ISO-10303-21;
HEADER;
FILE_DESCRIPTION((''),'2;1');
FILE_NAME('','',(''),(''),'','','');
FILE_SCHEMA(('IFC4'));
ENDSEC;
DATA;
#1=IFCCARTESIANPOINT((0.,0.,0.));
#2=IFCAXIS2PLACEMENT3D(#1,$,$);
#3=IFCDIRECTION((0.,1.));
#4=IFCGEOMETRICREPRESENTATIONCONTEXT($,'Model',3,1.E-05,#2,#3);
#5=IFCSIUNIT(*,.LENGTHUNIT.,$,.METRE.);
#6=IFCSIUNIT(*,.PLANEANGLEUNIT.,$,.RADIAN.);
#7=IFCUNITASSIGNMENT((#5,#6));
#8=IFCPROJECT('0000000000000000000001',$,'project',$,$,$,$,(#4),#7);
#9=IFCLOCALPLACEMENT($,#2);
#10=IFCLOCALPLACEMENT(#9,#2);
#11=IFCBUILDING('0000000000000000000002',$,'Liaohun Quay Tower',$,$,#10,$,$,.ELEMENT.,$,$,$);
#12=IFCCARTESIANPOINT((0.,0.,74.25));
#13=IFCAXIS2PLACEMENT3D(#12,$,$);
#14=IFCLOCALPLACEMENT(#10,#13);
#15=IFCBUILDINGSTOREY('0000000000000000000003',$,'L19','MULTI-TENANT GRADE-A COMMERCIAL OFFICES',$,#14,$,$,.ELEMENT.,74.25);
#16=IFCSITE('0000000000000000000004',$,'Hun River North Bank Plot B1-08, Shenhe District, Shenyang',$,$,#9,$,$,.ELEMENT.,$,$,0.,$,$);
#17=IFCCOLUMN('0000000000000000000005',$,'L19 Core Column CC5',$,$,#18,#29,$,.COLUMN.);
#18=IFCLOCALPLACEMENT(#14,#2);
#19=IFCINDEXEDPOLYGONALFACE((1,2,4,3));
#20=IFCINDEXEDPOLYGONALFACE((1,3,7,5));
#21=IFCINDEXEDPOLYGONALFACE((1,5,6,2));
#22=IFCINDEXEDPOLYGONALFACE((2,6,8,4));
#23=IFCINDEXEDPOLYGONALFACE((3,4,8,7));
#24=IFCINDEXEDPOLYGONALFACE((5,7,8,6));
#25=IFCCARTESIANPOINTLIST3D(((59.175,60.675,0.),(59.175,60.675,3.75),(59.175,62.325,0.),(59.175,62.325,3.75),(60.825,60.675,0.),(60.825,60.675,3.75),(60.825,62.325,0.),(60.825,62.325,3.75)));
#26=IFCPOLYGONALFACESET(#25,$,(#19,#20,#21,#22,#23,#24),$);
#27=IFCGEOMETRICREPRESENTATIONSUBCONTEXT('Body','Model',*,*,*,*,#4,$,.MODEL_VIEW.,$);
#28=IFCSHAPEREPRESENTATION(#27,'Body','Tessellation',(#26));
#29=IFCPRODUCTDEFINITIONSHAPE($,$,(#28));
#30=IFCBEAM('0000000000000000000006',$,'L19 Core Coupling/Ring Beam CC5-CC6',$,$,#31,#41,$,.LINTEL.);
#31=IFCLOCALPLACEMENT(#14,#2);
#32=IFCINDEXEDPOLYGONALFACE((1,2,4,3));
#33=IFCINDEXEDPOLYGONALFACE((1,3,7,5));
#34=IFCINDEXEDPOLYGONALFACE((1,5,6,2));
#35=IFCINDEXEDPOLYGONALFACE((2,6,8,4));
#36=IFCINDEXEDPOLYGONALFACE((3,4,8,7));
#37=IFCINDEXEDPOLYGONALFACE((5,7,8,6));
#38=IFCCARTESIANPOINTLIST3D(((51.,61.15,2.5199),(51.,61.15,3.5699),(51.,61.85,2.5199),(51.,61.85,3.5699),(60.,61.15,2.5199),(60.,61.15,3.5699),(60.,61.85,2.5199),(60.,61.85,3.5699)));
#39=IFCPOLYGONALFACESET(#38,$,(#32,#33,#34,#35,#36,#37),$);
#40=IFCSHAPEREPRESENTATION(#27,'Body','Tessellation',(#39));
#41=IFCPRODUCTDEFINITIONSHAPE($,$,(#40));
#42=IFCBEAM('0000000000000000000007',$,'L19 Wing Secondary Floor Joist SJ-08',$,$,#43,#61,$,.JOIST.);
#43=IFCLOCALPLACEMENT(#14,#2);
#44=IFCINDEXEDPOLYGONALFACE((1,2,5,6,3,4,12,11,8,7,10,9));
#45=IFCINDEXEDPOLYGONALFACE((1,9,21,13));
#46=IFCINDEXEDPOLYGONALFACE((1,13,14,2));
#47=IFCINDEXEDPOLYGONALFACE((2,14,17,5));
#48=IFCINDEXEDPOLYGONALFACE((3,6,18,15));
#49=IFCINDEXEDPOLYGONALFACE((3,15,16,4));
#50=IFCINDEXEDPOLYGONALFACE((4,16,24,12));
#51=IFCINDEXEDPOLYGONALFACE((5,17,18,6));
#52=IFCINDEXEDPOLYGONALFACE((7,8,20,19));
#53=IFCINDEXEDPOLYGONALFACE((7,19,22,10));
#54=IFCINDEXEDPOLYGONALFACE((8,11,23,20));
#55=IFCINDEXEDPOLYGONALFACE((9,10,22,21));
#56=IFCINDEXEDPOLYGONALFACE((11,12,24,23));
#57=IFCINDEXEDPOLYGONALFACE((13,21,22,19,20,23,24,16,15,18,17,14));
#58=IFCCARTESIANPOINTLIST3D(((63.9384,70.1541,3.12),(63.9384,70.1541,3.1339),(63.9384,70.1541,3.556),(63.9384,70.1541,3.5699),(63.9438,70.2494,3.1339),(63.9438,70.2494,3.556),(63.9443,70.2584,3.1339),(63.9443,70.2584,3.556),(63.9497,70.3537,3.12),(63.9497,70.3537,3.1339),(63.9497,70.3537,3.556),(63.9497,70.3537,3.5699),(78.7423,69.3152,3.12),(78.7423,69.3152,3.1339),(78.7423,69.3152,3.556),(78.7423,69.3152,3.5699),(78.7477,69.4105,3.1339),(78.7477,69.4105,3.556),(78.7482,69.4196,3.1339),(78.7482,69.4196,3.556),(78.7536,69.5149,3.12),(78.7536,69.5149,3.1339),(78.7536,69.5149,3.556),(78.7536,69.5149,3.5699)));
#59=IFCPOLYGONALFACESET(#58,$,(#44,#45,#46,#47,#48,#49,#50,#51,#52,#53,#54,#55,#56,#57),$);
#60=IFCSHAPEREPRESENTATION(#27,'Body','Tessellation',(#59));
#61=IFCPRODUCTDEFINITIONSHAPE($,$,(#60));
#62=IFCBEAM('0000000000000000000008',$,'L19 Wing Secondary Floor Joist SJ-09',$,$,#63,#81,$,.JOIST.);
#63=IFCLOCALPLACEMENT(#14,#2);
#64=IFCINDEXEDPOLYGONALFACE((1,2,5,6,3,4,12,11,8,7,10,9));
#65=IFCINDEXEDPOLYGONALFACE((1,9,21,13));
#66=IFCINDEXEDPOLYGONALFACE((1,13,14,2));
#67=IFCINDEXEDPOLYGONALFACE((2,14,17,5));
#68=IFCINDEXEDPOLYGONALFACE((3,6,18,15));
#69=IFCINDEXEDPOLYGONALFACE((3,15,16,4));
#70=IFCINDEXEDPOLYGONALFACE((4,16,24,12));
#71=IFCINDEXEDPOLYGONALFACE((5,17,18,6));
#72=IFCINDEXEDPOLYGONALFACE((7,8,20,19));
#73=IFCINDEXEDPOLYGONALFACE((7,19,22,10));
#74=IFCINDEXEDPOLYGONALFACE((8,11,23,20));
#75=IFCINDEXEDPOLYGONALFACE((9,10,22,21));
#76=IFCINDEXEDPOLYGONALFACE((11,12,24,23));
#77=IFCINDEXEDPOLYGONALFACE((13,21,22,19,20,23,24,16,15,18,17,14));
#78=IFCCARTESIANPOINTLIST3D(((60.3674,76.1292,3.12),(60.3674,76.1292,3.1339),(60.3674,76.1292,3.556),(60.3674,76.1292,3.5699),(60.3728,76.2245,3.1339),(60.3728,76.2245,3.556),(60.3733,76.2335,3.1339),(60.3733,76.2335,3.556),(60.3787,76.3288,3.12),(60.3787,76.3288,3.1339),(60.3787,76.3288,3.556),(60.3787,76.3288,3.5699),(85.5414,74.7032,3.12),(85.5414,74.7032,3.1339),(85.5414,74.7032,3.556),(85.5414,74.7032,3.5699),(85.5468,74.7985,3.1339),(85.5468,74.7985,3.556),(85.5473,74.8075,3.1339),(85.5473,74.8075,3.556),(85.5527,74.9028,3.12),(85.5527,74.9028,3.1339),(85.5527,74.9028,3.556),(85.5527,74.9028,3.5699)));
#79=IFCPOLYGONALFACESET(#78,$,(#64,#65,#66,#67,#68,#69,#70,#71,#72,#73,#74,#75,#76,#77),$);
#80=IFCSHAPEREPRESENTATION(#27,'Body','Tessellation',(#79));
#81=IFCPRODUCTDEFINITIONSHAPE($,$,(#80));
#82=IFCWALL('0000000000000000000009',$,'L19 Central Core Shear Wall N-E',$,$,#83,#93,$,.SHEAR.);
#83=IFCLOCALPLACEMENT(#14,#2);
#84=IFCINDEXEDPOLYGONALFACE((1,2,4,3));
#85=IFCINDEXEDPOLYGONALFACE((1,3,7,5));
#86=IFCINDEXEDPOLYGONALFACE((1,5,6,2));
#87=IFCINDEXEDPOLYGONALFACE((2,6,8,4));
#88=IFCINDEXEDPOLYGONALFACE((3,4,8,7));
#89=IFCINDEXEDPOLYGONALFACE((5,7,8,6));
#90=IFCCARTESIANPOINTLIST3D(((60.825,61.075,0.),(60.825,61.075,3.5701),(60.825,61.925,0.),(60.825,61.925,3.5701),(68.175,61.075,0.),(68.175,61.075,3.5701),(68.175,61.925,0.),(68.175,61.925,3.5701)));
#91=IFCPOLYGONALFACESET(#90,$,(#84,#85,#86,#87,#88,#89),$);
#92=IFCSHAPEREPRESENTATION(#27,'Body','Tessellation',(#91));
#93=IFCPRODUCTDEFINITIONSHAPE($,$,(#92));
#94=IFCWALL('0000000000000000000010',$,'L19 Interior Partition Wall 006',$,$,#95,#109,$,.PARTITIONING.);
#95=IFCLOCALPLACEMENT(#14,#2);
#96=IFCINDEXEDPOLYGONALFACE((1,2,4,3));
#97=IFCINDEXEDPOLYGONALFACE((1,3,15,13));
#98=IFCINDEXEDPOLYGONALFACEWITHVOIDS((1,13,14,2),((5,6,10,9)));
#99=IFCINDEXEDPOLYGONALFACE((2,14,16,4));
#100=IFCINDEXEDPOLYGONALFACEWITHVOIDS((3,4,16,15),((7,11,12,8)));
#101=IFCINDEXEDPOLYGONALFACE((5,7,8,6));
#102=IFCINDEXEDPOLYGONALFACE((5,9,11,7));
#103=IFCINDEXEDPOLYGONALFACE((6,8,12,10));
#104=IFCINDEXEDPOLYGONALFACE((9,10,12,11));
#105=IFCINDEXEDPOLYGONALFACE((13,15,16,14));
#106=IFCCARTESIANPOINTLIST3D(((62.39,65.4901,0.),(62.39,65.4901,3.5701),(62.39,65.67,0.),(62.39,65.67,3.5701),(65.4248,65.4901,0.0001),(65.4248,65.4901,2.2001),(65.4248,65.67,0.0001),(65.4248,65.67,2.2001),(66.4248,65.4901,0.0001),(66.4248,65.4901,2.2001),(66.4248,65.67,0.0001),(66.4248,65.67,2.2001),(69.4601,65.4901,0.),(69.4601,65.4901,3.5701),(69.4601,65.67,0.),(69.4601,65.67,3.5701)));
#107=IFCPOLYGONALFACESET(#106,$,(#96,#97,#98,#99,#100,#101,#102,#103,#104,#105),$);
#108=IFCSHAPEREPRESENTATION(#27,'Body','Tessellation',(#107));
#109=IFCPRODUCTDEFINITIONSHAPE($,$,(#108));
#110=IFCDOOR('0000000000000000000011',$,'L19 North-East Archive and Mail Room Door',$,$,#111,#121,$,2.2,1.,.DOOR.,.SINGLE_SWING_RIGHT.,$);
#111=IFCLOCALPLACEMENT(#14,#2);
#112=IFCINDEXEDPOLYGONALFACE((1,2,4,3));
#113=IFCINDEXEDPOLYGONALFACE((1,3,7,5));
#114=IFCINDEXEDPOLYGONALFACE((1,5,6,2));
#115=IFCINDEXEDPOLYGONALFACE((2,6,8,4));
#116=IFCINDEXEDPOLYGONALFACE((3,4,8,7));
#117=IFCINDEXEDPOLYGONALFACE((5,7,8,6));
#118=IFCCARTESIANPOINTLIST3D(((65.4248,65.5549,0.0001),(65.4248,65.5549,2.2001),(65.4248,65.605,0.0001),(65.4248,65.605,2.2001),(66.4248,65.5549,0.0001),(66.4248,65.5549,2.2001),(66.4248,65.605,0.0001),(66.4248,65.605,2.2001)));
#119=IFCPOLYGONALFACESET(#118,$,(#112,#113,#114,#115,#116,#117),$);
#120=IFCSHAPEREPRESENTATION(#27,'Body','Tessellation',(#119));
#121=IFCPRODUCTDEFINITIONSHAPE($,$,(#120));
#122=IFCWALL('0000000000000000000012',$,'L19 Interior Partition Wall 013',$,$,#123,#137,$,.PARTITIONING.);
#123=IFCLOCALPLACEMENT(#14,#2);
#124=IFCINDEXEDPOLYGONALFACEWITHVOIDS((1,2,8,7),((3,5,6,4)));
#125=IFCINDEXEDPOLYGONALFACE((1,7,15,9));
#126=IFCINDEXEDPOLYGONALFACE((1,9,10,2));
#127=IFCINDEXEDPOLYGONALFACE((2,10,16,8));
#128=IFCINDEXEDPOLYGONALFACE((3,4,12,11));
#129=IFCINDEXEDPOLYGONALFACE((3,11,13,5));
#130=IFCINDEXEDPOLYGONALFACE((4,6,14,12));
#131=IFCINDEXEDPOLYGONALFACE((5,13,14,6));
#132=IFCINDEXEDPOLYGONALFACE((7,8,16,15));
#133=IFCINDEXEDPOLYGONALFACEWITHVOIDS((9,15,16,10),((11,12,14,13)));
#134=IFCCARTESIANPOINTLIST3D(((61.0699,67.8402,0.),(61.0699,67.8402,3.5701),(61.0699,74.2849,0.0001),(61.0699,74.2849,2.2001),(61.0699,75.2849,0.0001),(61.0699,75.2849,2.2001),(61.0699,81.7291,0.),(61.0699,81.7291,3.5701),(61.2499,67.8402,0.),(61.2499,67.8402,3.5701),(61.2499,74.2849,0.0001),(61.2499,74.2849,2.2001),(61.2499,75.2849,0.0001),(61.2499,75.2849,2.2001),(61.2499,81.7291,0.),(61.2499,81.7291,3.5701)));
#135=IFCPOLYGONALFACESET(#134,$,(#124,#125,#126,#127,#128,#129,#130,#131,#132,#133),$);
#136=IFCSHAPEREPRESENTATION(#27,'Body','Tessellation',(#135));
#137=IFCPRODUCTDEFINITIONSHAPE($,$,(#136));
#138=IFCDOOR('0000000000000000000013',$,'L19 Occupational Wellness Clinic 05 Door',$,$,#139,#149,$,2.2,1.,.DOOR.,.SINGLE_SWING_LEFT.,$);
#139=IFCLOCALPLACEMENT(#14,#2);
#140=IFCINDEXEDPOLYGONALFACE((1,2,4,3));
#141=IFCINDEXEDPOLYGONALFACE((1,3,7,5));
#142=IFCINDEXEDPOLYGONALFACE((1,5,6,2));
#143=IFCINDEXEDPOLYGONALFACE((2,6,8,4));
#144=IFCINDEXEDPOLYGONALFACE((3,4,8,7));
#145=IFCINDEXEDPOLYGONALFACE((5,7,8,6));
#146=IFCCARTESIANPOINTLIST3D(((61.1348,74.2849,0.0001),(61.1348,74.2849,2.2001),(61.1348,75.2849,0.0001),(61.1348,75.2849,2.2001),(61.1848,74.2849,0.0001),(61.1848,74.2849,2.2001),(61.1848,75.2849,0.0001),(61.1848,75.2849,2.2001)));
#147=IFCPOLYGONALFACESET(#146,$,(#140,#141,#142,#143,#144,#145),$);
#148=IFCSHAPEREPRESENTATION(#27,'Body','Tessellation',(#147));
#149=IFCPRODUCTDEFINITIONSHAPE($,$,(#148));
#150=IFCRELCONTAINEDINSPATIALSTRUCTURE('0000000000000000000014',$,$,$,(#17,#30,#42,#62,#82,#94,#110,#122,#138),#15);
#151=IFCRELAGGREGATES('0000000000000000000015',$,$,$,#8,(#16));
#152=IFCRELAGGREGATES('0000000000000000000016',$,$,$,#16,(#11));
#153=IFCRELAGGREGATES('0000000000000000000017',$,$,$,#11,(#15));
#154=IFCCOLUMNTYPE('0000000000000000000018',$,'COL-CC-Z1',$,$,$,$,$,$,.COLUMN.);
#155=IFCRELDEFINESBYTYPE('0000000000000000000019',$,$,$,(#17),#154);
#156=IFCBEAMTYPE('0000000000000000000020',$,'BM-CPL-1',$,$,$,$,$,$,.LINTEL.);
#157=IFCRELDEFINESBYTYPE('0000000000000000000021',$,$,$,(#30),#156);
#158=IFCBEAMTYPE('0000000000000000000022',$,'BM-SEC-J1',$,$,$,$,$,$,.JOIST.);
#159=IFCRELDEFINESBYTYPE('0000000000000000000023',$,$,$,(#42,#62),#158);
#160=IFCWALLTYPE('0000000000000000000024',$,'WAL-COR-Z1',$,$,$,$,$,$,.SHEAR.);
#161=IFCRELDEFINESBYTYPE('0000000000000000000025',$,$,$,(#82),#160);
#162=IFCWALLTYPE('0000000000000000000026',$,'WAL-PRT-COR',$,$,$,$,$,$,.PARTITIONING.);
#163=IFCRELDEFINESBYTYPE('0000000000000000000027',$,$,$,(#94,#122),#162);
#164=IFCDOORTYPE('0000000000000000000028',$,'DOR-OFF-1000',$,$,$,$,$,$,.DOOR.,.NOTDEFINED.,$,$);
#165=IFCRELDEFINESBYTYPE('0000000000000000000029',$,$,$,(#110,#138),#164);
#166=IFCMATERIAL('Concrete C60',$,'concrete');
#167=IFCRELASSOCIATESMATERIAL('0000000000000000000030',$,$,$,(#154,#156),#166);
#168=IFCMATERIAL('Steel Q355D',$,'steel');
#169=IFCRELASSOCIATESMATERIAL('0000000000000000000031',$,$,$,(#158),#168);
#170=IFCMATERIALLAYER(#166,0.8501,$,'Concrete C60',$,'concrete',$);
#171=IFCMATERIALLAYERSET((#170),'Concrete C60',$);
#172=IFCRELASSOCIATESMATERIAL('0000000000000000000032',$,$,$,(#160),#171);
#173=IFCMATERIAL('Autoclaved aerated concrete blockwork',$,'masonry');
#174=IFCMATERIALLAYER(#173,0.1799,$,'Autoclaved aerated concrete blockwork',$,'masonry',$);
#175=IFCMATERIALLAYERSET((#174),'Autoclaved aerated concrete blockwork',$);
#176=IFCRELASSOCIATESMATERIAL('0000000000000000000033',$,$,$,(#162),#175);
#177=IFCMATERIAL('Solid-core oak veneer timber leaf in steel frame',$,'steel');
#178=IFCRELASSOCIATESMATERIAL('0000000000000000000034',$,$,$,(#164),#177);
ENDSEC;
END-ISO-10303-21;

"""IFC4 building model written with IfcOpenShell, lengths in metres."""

from ifc_helpers import new_model, si_unit, direction, frame, frame_2d, origin, origin_2d, place, context, subcontext, project, spatial, rectangle, i_section, extrude, source, transform, mapped, material, layer, layer_set, material_profile, profile_set, type_object, element, fill, save


model = new_model("IFC4")

# Units and contexts
model_context = context("Model", 3, precision=1e-05, world=origin(), true_north=direction((0.0, 1.0)))
body_context = subcontext(model_context, "Body", "Model", "MODEL_VIEW")
ifc_project = project(units=[si_unit("LENGTHUNIT", "METRE"), si_unit("PLANEANGLEUNIT", "RADIAN")], contexts=[model_context])

# Site, building, storey
site_placement = place(None, origin())
site = spatial("IfcSite", under=ifc_project, at=site_placement, Name="Hun River North Bank Plot B1-08, Shenhe District, Shenyang", CompositionType="ELEMENT", RefElevation=0.0)
building_placement = place(site_placement, origin())
building = spatial("IfcBuilding", under=site, at=building_placement, Name="Liaohun Quay Tower", CompositionType="ELEMENT")
storey_placement = place(building_placement, frame((0.0, 0.0, 74.25)))
storey = spatial("IfcBuildingStorey", under=building, at=storey_placement, Name="L19", Description="MULTI-TENANT GRADE-A COMMERCIAL OFFICES", CompositionType="ELEMENT", Elevation=74.25)

# Column
ifc_material_1 = material(Name="Concrete C60", Category="concrete")
ifc_material_profile_1 = material_profile(ifc_material_1, rectangle(XDim=1.6499, YDim=1.6499, at=origin_2d()), Name="RC1650x1650")
ifc_profile_set_1 = profile_set([ifc_material_profile_1], Name="Concrete C60")
column_type = type_object("IfcColumnType", Name="COL-CC-Z1", PredefinedType="COLUMN", material=ifc_profile_set_1)
shared_shape_1 = source(origin(), body_context, "Body", "SweptSolid", [
    extrude(rectangle(XDim=1.6499, YDim=1.6499, at=origin_2d()), origin(), (0.0, 0.0, 1.0), 3.75),
])
column_placement = place(storey_placement, frame((60.0, 61.5, 0.0), z_axis=(0.0, 0.0, 1.0), x_axis=(1.0, 0.0, 0.0)))
element("IfcColumn", 1, at=column_placement, inside=storey, type_object=column_type, Name="L19 Core Column CC5", PredefinedType="COLUMN", context=body_context, shape_type="MappedRepresentation", body=[
    mapped(shared_shape_1, transform((0.0, 0.0, 0.0), x_axis=(1.0, 0.0, 0.0), y_axis=(0.0, 1.0, 0.0), z_axis=(0.0, 0.0, 1.0), scale=1.0)),
])

# Beams
ifc_material_profile_2 = material_profile(ifc_material_1, rectangle(XDim=0.7, YDim=1.05, at=origin_2d()), Name="RC700x1050")
ifc_profile_set_2 = profile_set([ifc_material_profile_2], Name="Concrete C60")
beam_type_1 = type_object("IfcBeamType", Name="BM-CPL-1", PredefinedType="LINTEL", material=ifc_profile_set_2)
shared_shape_2 = source(origin(), body_context, "Body", "SweptSolid", [
    extrude(rectangle(XDim=0.7, YDim=1.05, at=origin_2d()), origin(), (0.0, 0.0, 1.0), 9.0),
])
beam_1_placement = place(storey_placement, frame((60.0, 61.5, 3.0449), z_axis=(-1.0, 0.0, 0.0), x_axis=(0.0, -1.0, 0.0)))
element("IfcBeam", 2, at=beam_1_placement, inside=storey, type_object=beam_type_1, Name="L19 Core Coupling/Ring Beam CC5-CC6", PredefinedType="LINTEL", context=body_context, shape_type="MappedRepresentation", body=[
    mapped(shared_shape_2, transform((0.0, 0.0, 0.0), x_axis=(1.0, 0.0, 0.0), y_axis=(0.0, 1.0, 0.0), z_axis=(0.0, 0.0, 1.0), scale=1.0)),
])
ifc_material_2 = material(Name="Steel Q355D", Category="steel")
ifc_material_profile_3 = material_profile(ifc_material_2, i_section(OverallWidth=0.2, OverallDepth=0.45, WebThickness=0.009, FlangeThickness=0.0139, at=origin_2d()), Name="HN450x200x9x14")
ifc_profile_set_3 = profile_set([ifc_material_profile_3], Name="Steel Q355D")
beam_type_2 = type_object("IfcBeamType", Name="BM-SEC-J1", PredefinedType="JOIST", material=ifc_profile_set_3)
shared_shape_3 = source(origin(), body_context, "Body", "SweptSolid", [
    extrude(i_section(OverallWidth=0.2, OverallDepth=0.45, WebThickness=0.009, FlangeThickness=0.0139, at=origin_2d()), origin(), (0.0, 0.0, 1.0), 14.8276),
])
beam_2_placement = place(storey_placement, frame((63.9441, 70.2539, 3.345), z_axis=(0.998398, -0.056574, 0.0), x_axis=(0.056574, 0.998398, 0.0)))
element("IfcBeam", 3, at=beam_2_placement, inside=storey, type_object=beam_type_2, Name="L19 Wing Secondary Floor Joist SJ-08", PredefinedType="JOIST", context=body_context, shape_type="MappedRepresentation", body=[
    mapped(shared_shape_3, transform((0.0, 0.0, 0.0), x_axis=(1.0, 0.0, 0.0), y_axis=(0.0, 1.0, 0.0), z_axis=(0.0, 0.0, 1.0), scale=1.0)),
])
shared_shape_4 = source(origin(), body_context, "Body", "SweptSolid", [
    extrude(i_section(OverallWidth=0.2, OverallDepth=0.45, WebThickness=0.009, FlangeThickness=0.0139, at=origin_2d()), origin(), (0.0, 0.0, 1.0), 25.2144),
])
beam_3_placement = place(storey_placement, frame((60.373, 76.229, 3.345), z_axis=(0.998399, -0.056556, 0.0), x_axis=(0.056556, 0.998399, 0.0)))
element("IfcBeam", 4, at=beam_3_placement, inside=storey, type_object=beam_type_2, Name="L19 Wing Secondary Floor Joist SJ-09", PredefinedType="JOIST", context=body_context, shape_type="MappedRepresentation", body=[
    mapped(shared_shape_4, transform((0.0, 0.0, 0.0), x_axis=(1.0, 0.0, 0.0), y_axis=(0.0, 1.0, 0.0), z_axis=(0.0, 0.0, 1.0), scale=1.0)),
])

# Wall
ifc_layer_1 = layer(ifc_material_1, 0.8501, Name="Concrete C60", Category="concrete")
ifc_layer_set_1 = layer_set([ifc_layer_1], Name="Concrete C60")
wall_type_1 = type_object("IfcWallType", Name="WAL-COR-Z1", PredefinedType="SHEAR", material=ifc_layer_set_1)
wall_1_placement = place(storey_placement, frame((60.825, 61.5, 0.0), z_axis=(0.0, 0.0, 1.0), x_axis=(1.0, 0.0, 0.0)))
element("IfcWall", 5, at=wall_1_placement, inside=storey, type_object=wall_type_1, Name="L19 Central Core Shear Wall N-E", PredefinedType="SHEAR", context=body_context, shape_type="SweptSolid", body=[
    extrude(rectangle(XDim=7.3501, YDim=0.8501, at=frame_2d((3.675, 0.0))), origin(), (0.0, 0.0, 1.0), 3.5701),
])

# Walls, openings, doors
ifc_material_3 = material(Name="Autoclaved aerated concrete blockwork", Category="masonry")
ifc_layer_2 = layer(ifc_material_3, 0.1799, Name="Autoclaved aerated concrete blockwork", Category="masonry")
ifc_layer_set_2 = layer_set([ifc_layer_2], Name="Autoclaved aerated concrete blockwork")
wall_type_2 = type_object("IfcWallType", Name="WAL-PRT-COR", PredefinedType="PARTITIONING", material=ifc_layer_set_2)
wall_2_placement = place(storey_placement, frame((62.3899, 65.5801, 0.0), z_axis=(0.0, 0.0, 1.0), x_axis=(1.0, 0.0, 0.0)))
wall_2 = element("IfcWall", 6, at=wall_2_placement, inside=storey, type_object=wall_type_2, Name="L19 Interior Partition Wall 006", PredefinedType="PARTITIONING", context=body_context, shape_type="SweptSolid", body=[
    extrude(rectangle(XDim=7.0701, YDim=0.1799, at=frame_2d((3.5352, 0.0))), origin(), (0.0, 0.0, 1.0), 3.5701),
])
shared_shape_5 = source(origin(), body_context, "Body", "SweptSolid", [
    extrude(rectangle(XDim=1.0, YDim=2.2, at=frame_2d((0.5, 1.1001))), frame((0.0, 0.0999, 0.0), z_axis=(0.0, -1.0, 0.0), x_axis=(1.0, 0.0, 0.0)), (0.0, 0.0, 1.0), 0.2),
])
opening_1_placement = place(wall_2_placement, frame((3.0349, 0.0, 0.0)))
opening_1 = element("IfcOpeningElement", 7, at=opening_1_placement, cuts=wall_2, PredefinedType="OPENING", context=body_context, shape_type="MappedRepresentation", body=[
    mapped(shared_shape_5, transform((0.0, 0.0, 0.0), x_axis=(1.0, 0.0, 0.0), y_axis=(0.0, 1.0, 0.0), z_axis=(0.0, 0.0, 1.0), scale=1.0)),
])
ifc_material_4 = material(Name="Solid-core oak veneer timber leaf in steel frame", Category="steel")
door_type_1 = type_object("IfcDoorType", Name="DOR-OFF-1000", OperationType="NOTDEFINED", PredefinedType="DOOR", material=ifc_material_4)
shared_shape_6 = source(origin(), body_context, "Body", "SweptSolid", [
    extrude(rectangle(XDim=1.0, YDim=2.2, at=frame_2d((0.5, 1.1001))), frame((0.0, 0.0249, 0.0), z_axis=(0.0, -1.0, 0.0), x_axis=(1.0, 0.0, 0.0)), (0.0, 0.0, 1.0), 0.05),
])
door_1_placement = place(opening_1_placement, origin())
door_1 = element("IfcDoor", 8, at=door_1_placement, inside=storey, type_object=door_type_1, Name="L19 North-East Archive and Mail Room Door", OperationType="SINGLE_SWING_RIGHT", OverallHeight=2.2, OverallWidth=1.0, PredefinedType="DOOR", context=body_context, shape_type="MappedRepresentation", body=[
    mapped(shared_shape_6, transform((0.0, 0.0, 0.0), x_axis=(1.0, 0.0, 0.0), y_axis=(0.0, 1.0, 0.0), z_axis=(0.0, 0.0, 1.0), scale=1.0)),
])
fill(opening_1, door_1)
wall_3_placement = place(storey_placement, frame((61.1599, 81.729, 0.0), z_axis=(0.0, 0.0, 1.0), x_axis=(0.0, -1.0, 0.0)))
wall_3 = element("IfcWall", 9, at=wall_3_placement, inside=storey, type_object=wall_type_2, Name="L19 Interior Partition Wall 013", PredefinedType="PARTITIONING", context=body_context, shape_type="SweptSolid", body=[
    extrude(rectangle(XDim=13.8889, YDim=0.1799, at=frame_2d((6.9443, 0.0))), origin(), (0.0, 0.0, 1.0), 3.5701),
])
opening_2_placement = place(wall_3_placement, frame((6.4441, 0.0, 0.0)))
opening_2 = element("IfcOpeningElement", 10, at=opening_2_placement, cuts=wall_3, PredefinedType="OPENING", context=body_context, shape_type="MappedRepresentation", body=[
    mapped(shared_shape_5, transform((0.0, 0.0, 0.0), x_axis=(1.0, 0.0, 0.0), y_axis=(0.0, 1.0, 0.0), z_axis=(0.0, 0.0, 1.0), scale=1.0)),
])
door_2_placement = place(opening_2_placement, origin())
door_2 = element("IfcDoor", 11, at=door_2_placement, inside=storey, type_object=door_type_1, Name="L19 Occupational Wellness Clinic 05 Door", OperationType="SINGLE_SWING_LEFT", OverallHeight=2.2, OverallWidth=1.0, PredefinedType="DOOR", context=body_context, shape_type="MappedRepresentation", body=[
    mapped(shared_shape_6, transform((0.0, 0.0, 0.0), x_axis=(1.0, 0.0, 0.0), y_axis=(0.0, 1.0, 0.0), z_axis=(0.0, 0.0, 1.0), scale=1.0)),
])
fill(opening_2, door_2)

save(model, "model.ifc")
